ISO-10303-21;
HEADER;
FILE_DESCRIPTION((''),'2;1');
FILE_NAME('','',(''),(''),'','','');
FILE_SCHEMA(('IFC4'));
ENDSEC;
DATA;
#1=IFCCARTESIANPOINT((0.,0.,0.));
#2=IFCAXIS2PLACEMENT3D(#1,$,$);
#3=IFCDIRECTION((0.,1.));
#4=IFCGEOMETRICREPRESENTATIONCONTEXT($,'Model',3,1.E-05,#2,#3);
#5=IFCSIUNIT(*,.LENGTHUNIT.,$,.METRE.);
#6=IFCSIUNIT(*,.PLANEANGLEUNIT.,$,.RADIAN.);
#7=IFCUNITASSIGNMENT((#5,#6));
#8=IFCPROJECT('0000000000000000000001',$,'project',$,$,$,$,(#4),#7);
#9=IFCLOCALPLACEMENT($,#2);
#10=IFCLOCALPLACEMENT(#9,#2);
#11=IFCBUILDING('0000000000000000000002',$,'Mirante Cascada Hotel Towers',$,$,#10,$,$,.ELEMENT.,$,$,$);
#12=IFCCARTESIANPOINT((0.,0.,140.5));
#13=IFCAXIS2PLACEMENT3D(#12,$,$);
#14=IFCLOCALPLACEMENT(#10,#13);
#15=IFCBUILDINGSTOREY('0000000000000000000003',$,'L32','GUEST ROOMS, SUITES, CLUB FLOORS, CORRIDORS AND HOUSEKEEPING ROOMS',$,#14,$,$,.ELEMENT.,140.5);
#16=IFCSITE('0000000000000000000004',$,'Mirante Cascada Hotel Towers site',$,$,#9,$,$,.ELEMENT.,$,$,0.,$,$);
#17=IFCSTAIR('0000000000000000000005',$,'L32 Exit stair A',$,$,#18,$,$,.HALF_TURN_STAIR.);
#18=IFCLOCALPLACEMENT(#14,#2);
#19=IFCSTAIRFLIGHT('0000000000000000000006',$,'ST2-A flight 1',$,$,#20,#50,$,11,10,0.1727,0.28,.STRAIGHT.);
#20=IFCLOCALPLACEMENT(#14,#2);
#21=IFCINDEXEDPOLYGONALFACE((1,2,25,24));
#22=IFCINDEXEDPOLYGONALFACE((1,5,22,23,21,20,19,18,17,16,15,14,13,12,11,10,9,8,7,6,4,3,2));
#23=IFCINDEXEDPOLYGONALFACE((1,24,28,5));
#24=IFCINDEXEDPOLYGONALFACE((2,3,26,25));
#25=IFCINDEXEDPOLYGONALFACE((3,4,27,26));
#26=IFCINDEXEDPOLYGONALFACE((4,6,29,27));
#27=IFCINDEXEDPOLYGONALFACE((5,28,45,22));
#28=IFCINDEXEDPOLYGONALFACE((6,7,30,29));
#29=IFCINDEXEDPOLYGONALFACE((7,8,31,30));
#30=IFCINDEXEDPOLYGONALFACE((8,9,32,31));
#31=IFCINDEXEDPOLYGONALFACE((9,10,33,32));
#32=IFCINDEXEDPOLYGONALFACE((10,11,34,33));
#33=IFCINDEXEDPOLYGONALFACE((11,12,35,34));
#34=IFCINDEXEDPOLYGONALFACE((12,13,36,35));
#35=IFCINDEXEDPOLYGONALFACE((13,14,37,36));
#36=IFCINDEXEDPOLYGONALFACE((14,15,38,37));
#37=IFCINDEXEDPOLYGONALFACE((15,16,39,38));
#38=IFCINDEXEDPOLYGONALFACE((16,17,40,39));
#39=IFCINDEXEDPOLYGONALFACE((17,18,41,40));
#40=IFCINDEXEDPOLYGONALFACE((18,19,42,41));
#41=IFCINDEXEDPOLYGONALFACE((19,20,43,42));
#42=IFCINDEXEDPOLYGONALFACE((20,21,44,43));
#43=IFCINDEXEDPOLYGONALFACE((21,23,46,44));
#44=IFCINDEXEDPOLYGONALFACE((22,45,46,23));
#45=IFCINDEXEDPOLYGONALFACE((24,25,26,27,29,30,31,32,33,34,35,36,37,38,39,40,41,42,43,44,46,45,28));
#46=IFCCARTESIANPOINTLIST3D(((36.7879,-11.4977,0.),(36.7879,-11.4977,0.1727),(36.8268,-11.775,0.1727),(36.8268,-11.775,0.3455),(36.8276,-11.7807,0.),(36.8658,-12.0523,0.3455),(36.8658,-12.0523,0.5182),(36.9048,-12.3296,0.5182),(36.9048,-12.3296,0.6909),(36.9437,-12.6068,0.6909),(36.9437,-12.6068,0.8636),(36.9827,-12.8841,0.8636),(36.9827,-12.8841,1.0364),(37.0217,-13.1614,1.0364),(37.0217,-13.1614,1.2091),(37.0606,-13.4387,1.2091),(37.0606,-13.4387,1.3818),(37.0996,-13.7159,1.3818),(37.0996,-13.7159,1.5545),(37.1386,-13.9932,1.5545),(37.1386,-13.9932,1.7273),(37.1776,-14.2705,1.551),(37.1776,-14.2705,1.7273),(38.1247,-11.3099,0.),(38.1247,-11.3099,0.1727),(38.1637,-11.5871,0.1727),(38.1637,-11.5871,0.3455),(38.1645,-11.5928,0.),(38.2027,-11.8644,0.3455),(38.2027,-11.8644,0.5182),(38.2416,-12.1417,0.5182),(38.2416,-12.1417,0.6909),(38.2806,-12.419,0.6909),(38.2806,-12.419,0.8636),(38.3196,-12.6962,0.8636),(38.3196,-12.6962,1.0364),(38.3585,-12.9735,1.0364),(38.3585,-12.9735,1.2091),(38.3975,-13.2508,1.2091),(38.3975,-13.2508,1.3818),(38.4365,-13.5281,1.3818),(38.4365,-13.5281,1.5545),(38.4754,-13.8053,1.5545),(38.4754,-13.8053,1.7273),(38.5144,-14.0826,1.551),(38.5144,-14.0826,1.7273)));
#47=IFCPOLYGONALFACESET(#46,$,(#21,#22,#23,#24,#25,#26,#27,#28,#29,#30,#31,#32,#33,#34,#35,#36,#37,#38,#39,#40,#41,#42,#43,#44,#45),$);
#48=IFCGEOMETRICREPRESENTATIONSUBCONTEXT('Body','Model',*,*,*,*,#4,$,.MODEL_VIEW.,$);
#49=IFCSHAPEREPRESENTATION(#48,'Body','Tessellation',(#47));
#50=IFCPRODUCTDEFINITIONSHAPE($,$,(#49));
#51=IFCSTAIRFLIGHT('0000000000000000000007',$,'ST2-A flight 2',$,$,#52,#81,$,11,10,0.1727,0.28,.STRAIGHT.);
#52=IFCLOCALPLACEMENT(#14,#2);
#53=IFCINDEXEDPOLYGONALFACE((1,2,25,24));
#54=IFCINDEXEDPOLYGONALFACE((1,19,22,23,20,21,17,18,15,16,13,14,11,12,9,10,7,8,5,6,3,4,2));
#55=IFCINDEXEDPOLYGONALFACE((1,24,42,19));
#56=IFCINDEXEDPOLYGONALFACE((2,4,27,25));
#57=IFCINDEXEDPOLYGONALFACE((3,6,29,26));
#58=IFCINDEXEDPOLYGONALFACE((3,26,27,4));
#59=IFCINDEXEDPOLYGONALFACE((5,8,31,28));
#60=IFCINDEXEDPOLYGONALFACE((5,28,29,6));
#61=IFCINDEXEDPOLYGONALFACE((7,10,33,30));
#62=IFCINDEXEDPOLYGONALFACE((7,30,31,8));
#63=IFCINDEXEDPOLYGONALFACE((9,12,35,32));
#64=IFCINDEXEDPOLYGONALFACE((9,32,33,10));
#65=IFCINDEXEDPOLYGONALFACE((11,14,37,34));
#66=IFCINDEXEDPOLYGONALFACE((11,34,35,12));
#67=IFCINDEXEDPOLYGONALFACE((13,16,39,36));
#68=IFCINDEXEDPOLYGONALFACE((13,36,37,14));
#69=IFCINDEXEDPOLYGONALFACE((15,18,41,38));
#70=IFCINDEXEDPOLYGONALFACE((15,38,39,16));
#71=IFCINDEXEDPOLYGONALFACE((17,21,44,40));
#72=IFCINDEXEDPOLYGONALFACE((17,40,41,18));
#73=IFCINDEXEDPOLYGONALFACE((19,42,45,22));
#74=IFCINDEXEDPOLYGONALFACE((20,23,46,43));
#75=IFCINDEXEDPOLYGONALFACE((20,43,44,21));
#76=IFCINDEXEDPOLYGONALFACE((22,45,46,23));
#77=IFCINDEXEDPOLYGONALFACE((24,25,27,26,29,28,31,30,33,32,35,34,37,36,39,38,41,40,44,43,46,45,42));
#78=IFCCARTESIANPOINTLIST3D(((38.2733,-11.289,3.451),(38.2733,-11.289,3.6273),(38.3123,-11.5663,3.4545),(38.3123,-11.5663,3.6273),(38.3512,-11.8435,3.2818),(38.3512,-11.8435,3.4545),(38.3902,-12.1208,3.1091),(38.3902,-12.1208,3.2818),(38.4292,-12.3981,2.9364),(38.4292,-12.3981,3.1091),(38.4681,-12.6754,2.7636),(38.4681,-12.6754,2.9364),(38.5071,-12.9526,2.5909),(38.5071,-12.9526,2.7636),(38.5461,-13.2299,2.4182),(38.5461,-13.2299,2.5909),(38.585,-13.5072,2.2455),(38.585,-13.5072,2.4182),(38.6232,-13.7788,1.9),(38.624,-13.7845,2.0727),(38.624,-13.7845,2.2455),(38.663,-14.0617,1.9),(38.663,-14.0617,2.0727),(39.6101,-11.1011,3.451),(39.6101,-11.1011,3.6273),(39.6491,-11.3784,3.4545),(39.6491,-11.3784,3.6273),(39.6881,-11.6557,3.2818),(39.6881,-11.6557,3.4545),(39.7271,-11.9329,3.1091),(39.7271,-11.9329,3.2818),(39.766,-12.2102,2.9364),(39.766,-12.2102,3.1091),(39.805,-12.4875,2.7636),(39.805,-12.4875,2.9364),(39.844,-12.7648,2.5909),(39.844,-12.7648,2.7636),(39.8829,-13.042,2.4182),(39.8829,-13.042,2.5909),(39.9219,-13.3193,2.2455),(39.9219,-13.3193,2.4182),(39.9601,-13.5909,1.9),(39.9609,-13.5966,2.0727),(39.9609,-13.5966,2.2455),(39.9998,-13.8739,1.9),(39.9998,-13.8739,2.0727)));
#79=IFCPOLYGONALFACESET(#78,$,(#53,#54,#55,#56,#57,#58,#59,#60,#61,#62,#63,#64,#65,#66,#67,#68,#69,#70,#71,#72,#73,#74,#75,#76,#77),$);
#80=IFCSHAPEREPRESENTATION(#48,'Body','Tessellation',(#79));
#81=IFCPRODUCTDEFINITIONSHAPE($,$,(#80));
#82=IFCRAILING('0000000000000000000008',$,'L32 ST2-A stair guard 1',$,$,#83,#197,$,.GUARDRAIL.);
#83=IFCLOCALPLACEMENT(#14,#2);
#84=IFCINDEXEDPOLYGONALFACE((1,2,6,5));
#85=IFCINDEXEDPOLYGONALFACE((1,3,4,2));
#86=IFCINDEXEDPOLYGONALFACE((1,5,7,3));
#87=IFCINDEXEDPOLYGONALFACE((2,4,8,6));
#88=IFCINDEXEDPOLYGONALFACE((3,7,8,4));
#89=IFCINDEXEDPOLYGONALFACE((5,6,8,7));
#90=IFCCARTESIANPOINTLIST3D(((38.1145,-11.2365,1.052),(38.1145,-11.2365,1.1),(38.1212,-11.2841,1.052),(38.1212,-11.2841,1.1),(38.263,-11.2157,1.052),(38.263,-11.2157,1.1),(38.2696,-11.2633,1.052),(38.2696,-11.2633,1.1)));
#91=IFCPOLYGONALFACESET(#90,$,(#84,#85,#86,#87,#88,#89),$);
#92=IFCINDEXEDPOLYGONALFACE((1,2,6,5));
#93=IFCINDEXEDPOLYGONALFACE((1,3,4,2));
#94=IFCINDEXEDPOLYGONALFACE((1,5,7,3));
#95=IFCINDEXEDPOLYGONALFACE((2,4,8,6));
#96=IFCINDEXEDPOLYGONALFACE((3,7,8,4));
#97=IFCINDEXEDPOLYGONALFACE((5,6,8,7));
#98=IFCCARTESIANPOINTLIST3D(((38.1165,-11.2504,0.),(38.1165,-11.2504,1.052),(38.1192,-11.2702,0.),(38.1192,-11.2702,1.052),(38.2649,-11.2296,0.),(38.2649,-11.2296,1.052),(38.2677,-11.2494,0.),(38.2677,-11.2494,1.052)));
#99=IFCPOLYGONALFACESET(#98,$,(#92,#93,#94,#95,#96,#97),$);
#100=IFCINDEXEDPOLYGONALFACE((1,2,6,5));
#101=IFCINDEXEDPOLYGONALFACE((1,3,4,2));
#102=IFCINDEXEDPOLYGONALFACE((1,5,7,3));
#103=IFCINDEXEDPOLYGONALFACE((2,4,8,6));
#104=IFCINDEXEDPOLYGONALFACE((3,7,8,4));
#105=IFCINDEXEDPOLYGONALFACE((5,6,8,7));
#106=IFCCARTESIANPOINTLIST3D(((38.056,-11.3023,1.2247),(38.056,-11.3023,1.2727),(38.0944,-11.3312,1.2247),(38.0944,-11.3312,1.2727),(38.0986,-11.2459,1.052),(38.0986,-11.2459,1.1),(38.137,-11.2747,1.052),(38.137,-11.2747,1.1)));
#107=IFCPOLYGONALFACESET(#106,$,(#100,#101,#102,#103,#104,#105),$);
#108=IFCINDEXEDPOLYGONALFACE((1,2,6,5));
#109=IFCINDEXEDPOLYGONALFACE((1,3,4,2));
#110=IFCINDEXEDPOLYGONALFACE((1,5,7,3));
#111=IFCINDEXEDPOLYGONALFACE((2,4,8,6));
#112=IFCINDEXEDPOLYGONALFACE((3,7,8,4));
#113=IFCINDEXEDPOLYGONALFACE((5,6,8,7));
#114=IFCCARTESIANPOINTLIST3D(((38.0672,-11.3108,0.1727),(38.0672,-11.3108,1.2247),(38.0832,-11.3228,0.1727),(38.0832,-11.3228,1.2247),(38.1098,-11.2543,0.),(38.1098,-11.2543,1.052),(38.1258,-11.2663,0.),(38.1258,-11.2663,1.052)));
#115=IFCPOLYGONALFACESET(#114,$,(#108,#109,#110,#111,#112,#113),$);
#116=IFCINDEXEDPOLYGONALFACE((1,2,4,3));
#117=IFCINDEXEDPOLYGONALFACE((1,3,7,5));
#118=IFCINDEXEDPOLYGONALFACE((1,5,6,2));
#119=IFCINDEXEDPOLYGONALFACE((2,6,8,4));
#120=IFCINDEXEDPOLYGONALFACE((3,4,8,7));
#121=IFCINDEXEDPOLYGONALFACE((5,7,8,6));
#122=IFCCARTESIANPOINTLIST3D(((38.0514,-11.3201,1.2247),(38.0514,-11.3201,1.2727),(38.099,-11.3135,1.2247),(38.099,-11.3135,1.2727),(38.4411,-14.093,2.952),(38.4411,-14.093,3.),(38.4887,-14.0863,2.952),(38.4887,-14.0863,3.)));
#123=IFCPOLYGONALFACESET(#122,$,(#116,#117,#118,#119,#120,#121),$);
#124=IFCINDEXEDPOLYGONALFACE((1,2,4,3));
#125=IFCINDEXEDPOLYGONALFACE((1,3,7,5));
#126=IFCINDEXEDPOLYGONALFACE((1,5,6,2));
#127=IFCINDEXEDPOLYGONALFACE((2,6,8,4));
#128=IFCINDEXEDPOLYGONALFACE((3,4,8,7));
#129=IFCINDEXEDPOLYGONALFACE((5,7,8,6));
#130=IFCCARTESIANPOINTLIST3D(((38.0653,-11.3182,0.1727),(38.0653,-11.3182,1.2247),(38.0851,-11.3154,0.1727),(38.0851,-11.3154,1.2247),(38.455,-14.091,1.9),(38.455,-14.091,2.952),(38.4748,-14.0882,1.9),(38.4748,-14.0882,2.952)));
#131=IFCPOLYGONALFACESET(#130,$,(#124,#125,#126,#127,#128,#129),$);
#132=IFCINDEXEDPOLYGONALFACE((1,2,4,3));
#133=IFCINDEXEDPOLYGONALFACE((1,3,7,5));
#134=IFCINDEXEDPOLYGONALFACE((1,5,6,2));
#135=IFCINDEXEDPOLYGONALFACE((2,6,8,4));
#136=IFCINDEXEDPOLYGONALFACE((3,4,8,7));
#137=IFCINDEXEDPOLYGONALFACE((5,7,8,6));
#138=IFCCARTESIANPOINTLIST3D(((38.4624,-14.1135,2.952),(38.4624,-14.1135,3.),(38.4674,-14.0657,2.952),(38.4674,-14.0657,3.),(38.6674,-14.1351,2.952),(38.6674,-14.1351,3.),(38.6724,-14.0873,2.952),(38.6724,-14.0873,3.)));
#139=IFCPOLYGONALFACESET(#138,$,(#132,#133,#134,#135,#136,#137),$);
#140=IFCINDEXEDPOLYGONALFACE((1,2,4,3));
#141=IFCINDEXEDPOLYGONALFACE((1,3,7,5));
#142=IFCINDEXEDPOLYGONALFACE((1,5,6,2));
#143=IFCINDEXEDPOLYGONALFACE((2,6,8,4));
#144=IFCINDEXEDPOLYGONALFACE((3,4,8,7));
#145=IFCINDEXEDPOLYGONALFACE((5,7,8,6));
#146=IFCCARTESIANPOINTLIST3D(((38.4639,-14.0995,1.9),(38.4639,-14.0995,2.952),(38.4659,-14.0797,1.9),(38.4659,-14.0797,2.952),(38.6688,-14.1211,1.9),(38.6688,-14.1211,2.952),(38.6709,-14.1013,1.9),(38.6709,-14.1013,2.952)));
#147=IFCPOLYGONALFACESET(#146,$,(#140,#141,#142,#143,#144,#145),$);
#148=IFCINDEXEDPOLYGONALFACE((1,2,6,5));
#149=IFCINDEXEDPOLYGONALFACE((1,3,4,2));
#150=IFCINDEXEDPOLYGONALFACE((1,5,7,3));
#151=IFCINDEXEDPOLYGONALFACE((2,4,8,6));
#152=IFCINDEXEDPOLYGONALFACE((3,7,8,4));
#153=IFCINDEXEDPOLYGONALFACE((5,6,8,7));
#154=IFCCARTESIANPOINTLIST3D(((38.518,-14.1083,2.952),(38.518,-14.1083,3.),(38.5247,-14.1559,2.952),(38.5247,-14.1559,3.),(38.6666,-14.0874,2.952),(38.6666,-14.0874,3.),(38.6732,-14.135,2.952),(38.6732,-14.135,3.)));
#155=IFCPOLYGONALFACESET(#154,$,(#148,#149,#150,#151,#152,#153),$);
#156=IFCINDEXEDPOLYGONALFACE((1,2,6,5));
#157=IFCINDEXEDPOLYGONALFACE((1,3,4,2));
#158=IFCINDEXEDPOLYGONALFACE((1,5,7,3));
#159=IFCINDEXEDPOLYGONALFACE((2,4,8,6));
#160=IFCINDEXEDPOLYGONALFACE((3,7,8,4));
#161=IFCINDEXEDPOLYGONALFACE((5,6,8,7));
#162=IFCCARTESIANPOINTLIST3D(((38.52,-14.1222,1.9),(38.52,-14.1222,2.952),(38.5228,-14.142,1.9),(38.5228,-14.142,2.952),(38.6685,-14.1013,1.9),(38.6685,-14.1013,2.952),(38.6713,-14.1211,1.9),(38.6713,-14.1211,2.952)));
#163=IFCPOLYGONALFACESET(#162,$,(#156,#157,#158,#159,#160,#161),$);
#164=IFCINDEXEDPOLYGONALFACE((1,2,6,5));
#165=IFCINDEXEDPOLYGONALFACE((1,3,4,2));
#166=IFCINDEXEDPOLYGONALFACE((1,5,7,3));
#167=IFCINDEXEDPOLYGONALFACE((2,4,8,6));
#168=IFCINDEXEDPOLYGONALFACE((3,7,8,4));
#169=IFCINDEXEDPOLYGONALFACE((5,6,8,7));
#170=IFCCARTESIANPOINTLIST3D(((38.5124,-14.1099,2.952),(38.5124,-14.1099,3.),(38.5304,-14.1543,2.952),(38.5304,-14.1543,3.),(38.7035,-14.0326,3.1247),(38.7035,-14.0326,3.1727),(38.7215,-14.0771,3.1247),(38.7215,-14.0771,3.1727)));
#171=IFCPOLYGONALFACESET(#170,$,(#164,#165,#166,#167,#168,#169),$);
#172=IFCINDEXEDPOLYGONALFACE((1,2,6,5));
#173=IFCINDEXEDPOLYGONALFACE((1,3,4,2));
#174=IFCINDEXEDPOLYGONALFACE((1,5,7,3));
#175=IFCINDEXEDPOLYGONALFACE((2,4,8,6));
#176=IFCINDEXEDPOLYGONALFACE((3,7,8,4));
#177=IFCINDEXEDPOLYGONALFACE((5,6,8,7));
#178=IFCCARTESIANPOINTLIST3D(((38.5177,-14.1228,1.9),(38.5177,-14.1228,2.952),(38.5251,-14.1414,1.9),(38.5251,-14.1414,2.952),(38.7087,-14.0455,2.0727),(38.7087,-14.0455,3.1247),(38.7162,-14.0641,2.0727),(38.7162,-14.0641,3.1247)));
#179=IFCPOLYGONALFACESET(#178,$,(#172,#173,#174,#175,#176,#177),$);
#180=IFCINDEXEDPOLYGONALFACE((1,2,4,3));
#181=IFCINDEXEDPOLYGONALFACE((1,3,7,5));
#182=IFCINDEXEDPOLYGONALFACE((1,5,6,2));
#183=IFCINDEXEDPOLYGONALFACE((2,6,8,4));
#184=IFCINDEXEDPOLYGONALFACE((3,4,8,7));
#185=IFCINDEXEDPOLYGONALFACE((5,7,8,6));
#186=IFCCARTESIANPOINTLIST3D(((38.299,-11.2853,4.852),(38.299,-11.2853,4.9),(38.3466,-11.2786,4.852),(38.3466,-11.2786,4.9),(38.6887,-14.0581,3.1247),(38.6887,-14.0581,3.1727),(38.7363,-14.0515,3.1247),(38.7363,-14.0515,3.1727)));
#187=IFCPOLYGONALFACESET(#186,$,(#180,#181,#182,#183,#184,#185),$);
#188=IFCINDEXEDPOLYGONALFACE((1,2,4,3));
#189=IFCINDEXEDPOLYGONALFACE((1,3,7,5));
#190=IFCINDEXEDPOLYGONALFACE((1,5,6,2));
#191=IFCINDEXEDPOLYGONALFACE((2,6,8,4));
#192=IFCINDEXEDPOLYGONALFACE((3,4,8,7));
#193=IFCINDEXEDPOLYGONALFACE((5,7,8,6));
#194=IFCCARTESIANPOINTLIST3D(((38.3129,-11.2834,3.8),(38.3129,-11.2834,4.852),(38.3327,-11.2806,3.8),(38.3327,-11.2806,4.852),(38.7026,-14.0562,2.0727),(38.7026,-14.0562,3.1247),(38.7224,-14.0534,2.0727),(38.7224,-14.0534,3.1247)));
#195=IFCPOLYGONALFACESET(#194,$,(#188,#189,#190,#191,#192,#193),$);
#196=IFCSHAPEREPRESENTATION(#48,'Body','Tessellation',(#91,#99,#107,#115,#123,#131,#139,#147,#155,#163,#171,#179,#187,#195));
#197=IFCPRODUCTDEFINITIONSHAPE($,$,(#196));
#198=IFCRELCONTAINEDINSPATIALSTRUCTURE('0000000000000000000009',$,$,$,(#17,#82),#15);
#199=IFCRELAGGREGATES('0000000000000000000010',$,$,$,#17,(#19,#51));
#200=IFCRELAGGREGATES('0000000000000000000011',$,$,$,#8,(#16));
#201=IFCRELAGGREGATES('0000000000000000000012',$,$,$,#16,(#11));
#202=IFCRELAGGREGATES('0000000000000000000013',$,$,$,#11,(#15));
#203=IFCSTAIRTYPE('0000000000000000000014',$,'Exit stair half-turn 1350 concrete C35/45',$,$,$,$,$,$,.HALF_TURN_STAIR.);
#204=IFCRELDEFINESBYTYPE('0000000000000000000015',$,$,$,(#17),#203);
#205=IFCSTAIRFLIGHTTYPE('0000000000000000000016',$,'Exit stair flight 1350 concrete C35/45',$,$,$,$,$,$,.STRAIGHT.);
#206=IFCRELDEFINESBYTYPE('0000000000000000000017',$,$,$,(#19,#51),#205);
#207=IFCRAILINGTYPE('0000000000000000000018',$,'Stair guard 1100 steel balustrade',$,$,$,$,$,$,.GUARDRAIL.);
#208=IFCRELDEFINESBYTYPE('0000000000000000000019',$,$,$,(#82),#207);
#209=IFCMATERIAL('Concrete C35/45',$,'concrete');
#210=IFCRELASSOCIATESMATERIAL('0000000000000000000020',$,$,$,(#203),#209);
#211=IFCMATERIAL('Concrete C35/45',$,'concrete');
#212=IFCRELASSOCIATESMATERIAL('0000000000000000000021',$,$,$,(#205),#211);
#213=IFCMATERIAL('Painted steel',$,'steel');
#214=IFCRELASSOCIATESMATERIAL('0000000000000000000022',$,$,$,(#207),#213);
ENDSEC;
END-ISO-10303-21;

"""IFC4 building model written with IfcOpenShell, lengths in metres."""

from ifc_helpers import new_model, si_unit, direction, frame, origin, origin_2d, place, context, subcontext, project, spatial, polyline, rectangle, outline, extrude, material, type_object, element, aggregate, save


model = new_model("IFC4")

# Units and contexts
model_context = context("Model", 3, precision=1e-05, world=origin(), true_north=direction((0.0, 1.0)))
body_context = subcontext(model_context, "Body", "Model", "MODEL_VIEW")
ifc_project = project(units=[si_unit("LENGTHUNIT", "METRE"), si_unit("PLANEANGLEUNIT", "RADIAN")], contexts=[model_context])

# Site, building, storey
site_placement = place(None, origin())
site = spatial("IfcSite", under=ifc_project, at=site_placement, Name="Mirante Cascada Hotel Towers site", CompositionType="ELEMENT", RefElevation=0.0)
building_placement = place(site_placement, origin())
building = spatial("IfcBuilding", under=site, at=building_placement, Name="Mirante Cascada Hotel Towers", CompositionType="ELEMENT")
storey_placement = place(building_placement, frame((0.0, 0.0, 140.5)))
storey = spatial("IfcBuildingStorey", under=building, at=storey_placement, Name="L32", Description="GUEST ROOMS, SUITES, CLUB FLOORS, CORRIDORS AND HOUSEKEEPING ROOMS", CompositionType="ELEMENT", Elevation=140.5)

# Stair, stair flights
ifc_material_1 = material(Name="Concrete C35/45", Category="concrete")
stair_type = type_object("IfcStairType", Name="Exit stair half-turn 1350 concrete C35/45", PredefinedType="HALF_TURN_STAIR", material=ifc_material_1)
stair_placement = place(storey_placement, origin())
stair = element("IfcStair", 1, at=stair_placement, inside=storey, type_object=stair_type, Name="L32 Exit stair A", PredefinedType="HALF_TURN_STAIR")
ifc_material_2 = material(Name="Concrete C35/45", Category="concrete")
stair_flight_type = type_object("IfcStairFlightType", Name="Exit stair flight 1350 concrete C35/45", PredefinedType="STRAIGHT", material=ifc_material_2)
stair_flight_1_placement = place(storey_placement, frame((37.4563, -11.4038, 0.0), z_axis=(0.0, 0.0, 1.0), x_axis=(0.139173, -0.990268, 0.0)))
stair_flight_1 = element("IfcStairFlight", 2, at=stair_flight_1_placement, type_object=stair_flight_type, Name="ST2-A flight 1", NumberOfRisers=11, NumberOfTreads=10, PredefinedType="STRAIGHT", RiserHeight=0.1727, TreadLength=0.28, context=body_context, shape_type="SweptSolid", body=[
    extrude(outline(polyline([(0.0, 0.0), (0.0, 0.1727), (0.28, 0.1727), (0.28, 0.3455), (0.56, 0.3455), (0.56, 0.5182), (0.84, 0.5182), (0.84, 0.6909), (1.12, 0.6909), (1.12, 0.8636), (1.4, 0.8636), (1.4, 1.0364), (1.68, 1.0364), (1.68, 1.2091), (1.96, 1.2091), (1.96, 1.3818), (2.24, 1.3818), (2.24, 1.5545), (2.52, 1.5545), (2.52, 1.7273), (2.8, 1.7273), (2.8, 1.9), (2.8, 1.551), (0.2857, 0.0), (0.0, 0.0)])), frame((0.0, 0.675, 0.0), z_axis=(0.0, -1.0, 0.0), x_axis=(1.0, 0.0, 0.0)), (0.0, 0.0, 1.0), 1.35),
])
stair_flight_2_placement = place(storey_placement, frame((39.3314, -13.9678, 1.9), z_axis=(0.0, 0.0, 1.0), x_axis=(-0.139173, 0.990268, 0.0)))
stair_flight_2 = element("IfcStairFlight", 3, at=stair_flight_2_placement, type_object=stair_flight_type, Name="ST2-A flight 2", NumberOfRisers=11, NumberOfTreads=10, PredefinedType="STRAIGHT", RiserHeight=0.1727, TreadLength=0.28, context=body_context, shape_type="SweptSolid", body=[
    extrude(outline(polyline([(0.0, 0.0), (0.0, 0.1727), (0.28, 0.1727), (0.28, 0.3455), (0.56, 0.3455), (0.56, 0.5182), (0.84, 0.5182), (0.84, 0.6909), (1.12, 0.6909), (1.12, 0.8636), (1.4, 0.8636), (1.4, 1.0364), (1.68, 1.0364), (1.68, 1.2091), (1.96, 1.2091), (1.96, 1.3818), (2.24, 1.3818), (2.24, 1.5545), (2.52, 1.5545), (2.52, 1.7273), (2.8, 1.7273), (2.8, 1.9), (2.8, 1.551), (0.2857, 0.0), (0.0, 0.0)])), frame((0.0, 0.675, 0.0), z_axis=(0.0, -1.0, 0.0), x_axis=(1.0, 0.0, 0.0)), (0.0, 0.0, 1.0), 1.35),
])
aggregate(stair, [stair_flight_1, stair_flight_2])

# Railing
ifc_material_3 = material(Name="Painted steel", Category="steel")
railing_type = type_object("IfcRailingType", Name="Stair guard 1100 steel balustrade", PredefinedType="GUARDRAIL", material=ifc_material_3)
railing_placement = place(storey_placement, frame((38.2663, -11.2395, 0.0)))
element("IfcRailing", 4, at=railing_placement, inside=storey, type_object=railing_type, Name="L32 ST2-A stair guard 1", PredefinedType="GUARDRAIL", context=body_context, shape_type="SweptSolid", body=[
    extrude(rectangle(XDim=0.048, YDim=0.048, at=origin_2d()), frame((0.0, 0.0, 1.076), z_axis=(-0.990333, -0.138713, 0.0), x_axis=(0.138713, -0.990333, 0.0)), (0.0, 0.0, 1.0), 0.1499),
    extrude(rectangle(XDim=0.02, YDim=1.052, at=origin_2d()), frame((0.0, 0.0, 0.526), z_axis=(-0.990333, -0.138713, 0.0), x_axis=(0.138713, -0.990333, 0.0)), (0.0, 0.0, 1.0), 0.1499),
    extrude(rectangle(XDim=0.048, YDim=0.048, at=origin_2d()), frame((-0.1485, -0.0208, 1.076), z_axis=(-0.602033, -0.798471, 0.0), x_axis=(0.798471, -0.602033, 0.0)), (0.0, 0.92534, 0.379139), 0.1866),
    extrude(rectangle(XDim=0.02, YDim=1.052, at=origin_2d()), frame((-0.1485, -0.0208, 0.526), z_axis=(-0.602033, -0.798471, 0.0), x_axis=(0.798471, -0.602033, 0.0)), (0.0, 0.92534, 0.379139), 0.1866),
    extrude(rectangle(XDim=0.048, YDim=0.048, at=origin_2d()), frame((-0.1911, -0.0773, 1.2487), z_axis=(0.139176, -0.990268, 0.0), x_axis=(0.990268, 0.139176, 0.0)), (0.0, 0.525021, 0.851089), 3.29),
    extrude(rectangle(XDim=0.02, YDim=1.052, at=origin_2d()), frame((-0.1911, -0.0773, 0.6987), z_axis=(0.139176, -0.990268, 0.0), x_axis=(0.990268, 0.139176, 0.0)), (0.0, 0.525021, 0.851089), 3.29),
    extrude(rectangle(XDim=0.048, YDim=0.048, at=origin_2d()), frame((0.1986, -2.8501, 2.976), z_axis=(0.994495, -0.104786, 0.0), x_axis=(0.104786, 0.994495, 0.0)), (0.0, 0.0, 1.0), 0.2061),
    extrude(rectangle(XDim=0.02, YDim=1.052, at=origin_2d()), frame((0.1986, -2.8501, 2.426), z_axis=(0.994495, -0.104786, 0.0), x_axis=(0.104786, 0.994495, 0.0)), (0.0, 0.0, 1.0), 0.2061),
    extrude(rectangle(XDim=0.048, YDim=0.048, at=origin_2d()), frame((0.4036, -2.8717, 2.976), z_axis=(-0.990241, -0.139367, 0.0), x_axis=(0.139367, -0.990241, 0.0)), (0.0, 0.0, 1.0), 0.15),
    extrude(rectangle(XDim=0.02, YDim=1.052, at=origin_2d()), frame((0.4036, -2.8717, 2.426), z_axis=(-0.990241, -0.139367, 0.0), x_axis=(0.139367, -0.990241, 0.0)), (0.0, 0.0, 1.0), 0.15),
    extrude(rectangle(XDim=0.048, YDim=0.048, at=origin_2d()), frame((0.2551, -2.8926, 2.976), z_axis=(0.927031, 0.374984, 0.0), x_axis=(-0.374984, 0.927031, 0.0)), (0.0, 0.64219, 0.766545), 0.2689),
    extrude(rectangle(XDim=0.02, YDim=1.052, at=origin_2d()), frame((0.2551, -2.8926, 2.426), z_axis=(0.927031, 0.374984, 0.0), x_axis=(-0.374984, 0.927031, 0.0)), (0.0, 0.64219, 0.766545), 0.2689),
    extrude(rectangle(XDim=0.048, YDim=0.048, at=origin_2d()), frame((0.4462, -2.8153, 3.1487), z_axis=(-0.139176, 0.990268, 0.0), x_axis=(-0.990268, -0.139176, 0.0)), (0.0, 0.525021, 0.851089), 3.29),
    extrude(rectangle(XDim=0.02, YDim=1.052, at=origin_2d()), frame((0.4462, -2.8153, 2.5987), z_axis=(-0.139176, 0.990268, 0.0), x_axis=(-0.990268, -0.139176, 0.0)), (0.0, 0.525021, 0.851089), 3.29),
])

save(model, "model.ifc")
